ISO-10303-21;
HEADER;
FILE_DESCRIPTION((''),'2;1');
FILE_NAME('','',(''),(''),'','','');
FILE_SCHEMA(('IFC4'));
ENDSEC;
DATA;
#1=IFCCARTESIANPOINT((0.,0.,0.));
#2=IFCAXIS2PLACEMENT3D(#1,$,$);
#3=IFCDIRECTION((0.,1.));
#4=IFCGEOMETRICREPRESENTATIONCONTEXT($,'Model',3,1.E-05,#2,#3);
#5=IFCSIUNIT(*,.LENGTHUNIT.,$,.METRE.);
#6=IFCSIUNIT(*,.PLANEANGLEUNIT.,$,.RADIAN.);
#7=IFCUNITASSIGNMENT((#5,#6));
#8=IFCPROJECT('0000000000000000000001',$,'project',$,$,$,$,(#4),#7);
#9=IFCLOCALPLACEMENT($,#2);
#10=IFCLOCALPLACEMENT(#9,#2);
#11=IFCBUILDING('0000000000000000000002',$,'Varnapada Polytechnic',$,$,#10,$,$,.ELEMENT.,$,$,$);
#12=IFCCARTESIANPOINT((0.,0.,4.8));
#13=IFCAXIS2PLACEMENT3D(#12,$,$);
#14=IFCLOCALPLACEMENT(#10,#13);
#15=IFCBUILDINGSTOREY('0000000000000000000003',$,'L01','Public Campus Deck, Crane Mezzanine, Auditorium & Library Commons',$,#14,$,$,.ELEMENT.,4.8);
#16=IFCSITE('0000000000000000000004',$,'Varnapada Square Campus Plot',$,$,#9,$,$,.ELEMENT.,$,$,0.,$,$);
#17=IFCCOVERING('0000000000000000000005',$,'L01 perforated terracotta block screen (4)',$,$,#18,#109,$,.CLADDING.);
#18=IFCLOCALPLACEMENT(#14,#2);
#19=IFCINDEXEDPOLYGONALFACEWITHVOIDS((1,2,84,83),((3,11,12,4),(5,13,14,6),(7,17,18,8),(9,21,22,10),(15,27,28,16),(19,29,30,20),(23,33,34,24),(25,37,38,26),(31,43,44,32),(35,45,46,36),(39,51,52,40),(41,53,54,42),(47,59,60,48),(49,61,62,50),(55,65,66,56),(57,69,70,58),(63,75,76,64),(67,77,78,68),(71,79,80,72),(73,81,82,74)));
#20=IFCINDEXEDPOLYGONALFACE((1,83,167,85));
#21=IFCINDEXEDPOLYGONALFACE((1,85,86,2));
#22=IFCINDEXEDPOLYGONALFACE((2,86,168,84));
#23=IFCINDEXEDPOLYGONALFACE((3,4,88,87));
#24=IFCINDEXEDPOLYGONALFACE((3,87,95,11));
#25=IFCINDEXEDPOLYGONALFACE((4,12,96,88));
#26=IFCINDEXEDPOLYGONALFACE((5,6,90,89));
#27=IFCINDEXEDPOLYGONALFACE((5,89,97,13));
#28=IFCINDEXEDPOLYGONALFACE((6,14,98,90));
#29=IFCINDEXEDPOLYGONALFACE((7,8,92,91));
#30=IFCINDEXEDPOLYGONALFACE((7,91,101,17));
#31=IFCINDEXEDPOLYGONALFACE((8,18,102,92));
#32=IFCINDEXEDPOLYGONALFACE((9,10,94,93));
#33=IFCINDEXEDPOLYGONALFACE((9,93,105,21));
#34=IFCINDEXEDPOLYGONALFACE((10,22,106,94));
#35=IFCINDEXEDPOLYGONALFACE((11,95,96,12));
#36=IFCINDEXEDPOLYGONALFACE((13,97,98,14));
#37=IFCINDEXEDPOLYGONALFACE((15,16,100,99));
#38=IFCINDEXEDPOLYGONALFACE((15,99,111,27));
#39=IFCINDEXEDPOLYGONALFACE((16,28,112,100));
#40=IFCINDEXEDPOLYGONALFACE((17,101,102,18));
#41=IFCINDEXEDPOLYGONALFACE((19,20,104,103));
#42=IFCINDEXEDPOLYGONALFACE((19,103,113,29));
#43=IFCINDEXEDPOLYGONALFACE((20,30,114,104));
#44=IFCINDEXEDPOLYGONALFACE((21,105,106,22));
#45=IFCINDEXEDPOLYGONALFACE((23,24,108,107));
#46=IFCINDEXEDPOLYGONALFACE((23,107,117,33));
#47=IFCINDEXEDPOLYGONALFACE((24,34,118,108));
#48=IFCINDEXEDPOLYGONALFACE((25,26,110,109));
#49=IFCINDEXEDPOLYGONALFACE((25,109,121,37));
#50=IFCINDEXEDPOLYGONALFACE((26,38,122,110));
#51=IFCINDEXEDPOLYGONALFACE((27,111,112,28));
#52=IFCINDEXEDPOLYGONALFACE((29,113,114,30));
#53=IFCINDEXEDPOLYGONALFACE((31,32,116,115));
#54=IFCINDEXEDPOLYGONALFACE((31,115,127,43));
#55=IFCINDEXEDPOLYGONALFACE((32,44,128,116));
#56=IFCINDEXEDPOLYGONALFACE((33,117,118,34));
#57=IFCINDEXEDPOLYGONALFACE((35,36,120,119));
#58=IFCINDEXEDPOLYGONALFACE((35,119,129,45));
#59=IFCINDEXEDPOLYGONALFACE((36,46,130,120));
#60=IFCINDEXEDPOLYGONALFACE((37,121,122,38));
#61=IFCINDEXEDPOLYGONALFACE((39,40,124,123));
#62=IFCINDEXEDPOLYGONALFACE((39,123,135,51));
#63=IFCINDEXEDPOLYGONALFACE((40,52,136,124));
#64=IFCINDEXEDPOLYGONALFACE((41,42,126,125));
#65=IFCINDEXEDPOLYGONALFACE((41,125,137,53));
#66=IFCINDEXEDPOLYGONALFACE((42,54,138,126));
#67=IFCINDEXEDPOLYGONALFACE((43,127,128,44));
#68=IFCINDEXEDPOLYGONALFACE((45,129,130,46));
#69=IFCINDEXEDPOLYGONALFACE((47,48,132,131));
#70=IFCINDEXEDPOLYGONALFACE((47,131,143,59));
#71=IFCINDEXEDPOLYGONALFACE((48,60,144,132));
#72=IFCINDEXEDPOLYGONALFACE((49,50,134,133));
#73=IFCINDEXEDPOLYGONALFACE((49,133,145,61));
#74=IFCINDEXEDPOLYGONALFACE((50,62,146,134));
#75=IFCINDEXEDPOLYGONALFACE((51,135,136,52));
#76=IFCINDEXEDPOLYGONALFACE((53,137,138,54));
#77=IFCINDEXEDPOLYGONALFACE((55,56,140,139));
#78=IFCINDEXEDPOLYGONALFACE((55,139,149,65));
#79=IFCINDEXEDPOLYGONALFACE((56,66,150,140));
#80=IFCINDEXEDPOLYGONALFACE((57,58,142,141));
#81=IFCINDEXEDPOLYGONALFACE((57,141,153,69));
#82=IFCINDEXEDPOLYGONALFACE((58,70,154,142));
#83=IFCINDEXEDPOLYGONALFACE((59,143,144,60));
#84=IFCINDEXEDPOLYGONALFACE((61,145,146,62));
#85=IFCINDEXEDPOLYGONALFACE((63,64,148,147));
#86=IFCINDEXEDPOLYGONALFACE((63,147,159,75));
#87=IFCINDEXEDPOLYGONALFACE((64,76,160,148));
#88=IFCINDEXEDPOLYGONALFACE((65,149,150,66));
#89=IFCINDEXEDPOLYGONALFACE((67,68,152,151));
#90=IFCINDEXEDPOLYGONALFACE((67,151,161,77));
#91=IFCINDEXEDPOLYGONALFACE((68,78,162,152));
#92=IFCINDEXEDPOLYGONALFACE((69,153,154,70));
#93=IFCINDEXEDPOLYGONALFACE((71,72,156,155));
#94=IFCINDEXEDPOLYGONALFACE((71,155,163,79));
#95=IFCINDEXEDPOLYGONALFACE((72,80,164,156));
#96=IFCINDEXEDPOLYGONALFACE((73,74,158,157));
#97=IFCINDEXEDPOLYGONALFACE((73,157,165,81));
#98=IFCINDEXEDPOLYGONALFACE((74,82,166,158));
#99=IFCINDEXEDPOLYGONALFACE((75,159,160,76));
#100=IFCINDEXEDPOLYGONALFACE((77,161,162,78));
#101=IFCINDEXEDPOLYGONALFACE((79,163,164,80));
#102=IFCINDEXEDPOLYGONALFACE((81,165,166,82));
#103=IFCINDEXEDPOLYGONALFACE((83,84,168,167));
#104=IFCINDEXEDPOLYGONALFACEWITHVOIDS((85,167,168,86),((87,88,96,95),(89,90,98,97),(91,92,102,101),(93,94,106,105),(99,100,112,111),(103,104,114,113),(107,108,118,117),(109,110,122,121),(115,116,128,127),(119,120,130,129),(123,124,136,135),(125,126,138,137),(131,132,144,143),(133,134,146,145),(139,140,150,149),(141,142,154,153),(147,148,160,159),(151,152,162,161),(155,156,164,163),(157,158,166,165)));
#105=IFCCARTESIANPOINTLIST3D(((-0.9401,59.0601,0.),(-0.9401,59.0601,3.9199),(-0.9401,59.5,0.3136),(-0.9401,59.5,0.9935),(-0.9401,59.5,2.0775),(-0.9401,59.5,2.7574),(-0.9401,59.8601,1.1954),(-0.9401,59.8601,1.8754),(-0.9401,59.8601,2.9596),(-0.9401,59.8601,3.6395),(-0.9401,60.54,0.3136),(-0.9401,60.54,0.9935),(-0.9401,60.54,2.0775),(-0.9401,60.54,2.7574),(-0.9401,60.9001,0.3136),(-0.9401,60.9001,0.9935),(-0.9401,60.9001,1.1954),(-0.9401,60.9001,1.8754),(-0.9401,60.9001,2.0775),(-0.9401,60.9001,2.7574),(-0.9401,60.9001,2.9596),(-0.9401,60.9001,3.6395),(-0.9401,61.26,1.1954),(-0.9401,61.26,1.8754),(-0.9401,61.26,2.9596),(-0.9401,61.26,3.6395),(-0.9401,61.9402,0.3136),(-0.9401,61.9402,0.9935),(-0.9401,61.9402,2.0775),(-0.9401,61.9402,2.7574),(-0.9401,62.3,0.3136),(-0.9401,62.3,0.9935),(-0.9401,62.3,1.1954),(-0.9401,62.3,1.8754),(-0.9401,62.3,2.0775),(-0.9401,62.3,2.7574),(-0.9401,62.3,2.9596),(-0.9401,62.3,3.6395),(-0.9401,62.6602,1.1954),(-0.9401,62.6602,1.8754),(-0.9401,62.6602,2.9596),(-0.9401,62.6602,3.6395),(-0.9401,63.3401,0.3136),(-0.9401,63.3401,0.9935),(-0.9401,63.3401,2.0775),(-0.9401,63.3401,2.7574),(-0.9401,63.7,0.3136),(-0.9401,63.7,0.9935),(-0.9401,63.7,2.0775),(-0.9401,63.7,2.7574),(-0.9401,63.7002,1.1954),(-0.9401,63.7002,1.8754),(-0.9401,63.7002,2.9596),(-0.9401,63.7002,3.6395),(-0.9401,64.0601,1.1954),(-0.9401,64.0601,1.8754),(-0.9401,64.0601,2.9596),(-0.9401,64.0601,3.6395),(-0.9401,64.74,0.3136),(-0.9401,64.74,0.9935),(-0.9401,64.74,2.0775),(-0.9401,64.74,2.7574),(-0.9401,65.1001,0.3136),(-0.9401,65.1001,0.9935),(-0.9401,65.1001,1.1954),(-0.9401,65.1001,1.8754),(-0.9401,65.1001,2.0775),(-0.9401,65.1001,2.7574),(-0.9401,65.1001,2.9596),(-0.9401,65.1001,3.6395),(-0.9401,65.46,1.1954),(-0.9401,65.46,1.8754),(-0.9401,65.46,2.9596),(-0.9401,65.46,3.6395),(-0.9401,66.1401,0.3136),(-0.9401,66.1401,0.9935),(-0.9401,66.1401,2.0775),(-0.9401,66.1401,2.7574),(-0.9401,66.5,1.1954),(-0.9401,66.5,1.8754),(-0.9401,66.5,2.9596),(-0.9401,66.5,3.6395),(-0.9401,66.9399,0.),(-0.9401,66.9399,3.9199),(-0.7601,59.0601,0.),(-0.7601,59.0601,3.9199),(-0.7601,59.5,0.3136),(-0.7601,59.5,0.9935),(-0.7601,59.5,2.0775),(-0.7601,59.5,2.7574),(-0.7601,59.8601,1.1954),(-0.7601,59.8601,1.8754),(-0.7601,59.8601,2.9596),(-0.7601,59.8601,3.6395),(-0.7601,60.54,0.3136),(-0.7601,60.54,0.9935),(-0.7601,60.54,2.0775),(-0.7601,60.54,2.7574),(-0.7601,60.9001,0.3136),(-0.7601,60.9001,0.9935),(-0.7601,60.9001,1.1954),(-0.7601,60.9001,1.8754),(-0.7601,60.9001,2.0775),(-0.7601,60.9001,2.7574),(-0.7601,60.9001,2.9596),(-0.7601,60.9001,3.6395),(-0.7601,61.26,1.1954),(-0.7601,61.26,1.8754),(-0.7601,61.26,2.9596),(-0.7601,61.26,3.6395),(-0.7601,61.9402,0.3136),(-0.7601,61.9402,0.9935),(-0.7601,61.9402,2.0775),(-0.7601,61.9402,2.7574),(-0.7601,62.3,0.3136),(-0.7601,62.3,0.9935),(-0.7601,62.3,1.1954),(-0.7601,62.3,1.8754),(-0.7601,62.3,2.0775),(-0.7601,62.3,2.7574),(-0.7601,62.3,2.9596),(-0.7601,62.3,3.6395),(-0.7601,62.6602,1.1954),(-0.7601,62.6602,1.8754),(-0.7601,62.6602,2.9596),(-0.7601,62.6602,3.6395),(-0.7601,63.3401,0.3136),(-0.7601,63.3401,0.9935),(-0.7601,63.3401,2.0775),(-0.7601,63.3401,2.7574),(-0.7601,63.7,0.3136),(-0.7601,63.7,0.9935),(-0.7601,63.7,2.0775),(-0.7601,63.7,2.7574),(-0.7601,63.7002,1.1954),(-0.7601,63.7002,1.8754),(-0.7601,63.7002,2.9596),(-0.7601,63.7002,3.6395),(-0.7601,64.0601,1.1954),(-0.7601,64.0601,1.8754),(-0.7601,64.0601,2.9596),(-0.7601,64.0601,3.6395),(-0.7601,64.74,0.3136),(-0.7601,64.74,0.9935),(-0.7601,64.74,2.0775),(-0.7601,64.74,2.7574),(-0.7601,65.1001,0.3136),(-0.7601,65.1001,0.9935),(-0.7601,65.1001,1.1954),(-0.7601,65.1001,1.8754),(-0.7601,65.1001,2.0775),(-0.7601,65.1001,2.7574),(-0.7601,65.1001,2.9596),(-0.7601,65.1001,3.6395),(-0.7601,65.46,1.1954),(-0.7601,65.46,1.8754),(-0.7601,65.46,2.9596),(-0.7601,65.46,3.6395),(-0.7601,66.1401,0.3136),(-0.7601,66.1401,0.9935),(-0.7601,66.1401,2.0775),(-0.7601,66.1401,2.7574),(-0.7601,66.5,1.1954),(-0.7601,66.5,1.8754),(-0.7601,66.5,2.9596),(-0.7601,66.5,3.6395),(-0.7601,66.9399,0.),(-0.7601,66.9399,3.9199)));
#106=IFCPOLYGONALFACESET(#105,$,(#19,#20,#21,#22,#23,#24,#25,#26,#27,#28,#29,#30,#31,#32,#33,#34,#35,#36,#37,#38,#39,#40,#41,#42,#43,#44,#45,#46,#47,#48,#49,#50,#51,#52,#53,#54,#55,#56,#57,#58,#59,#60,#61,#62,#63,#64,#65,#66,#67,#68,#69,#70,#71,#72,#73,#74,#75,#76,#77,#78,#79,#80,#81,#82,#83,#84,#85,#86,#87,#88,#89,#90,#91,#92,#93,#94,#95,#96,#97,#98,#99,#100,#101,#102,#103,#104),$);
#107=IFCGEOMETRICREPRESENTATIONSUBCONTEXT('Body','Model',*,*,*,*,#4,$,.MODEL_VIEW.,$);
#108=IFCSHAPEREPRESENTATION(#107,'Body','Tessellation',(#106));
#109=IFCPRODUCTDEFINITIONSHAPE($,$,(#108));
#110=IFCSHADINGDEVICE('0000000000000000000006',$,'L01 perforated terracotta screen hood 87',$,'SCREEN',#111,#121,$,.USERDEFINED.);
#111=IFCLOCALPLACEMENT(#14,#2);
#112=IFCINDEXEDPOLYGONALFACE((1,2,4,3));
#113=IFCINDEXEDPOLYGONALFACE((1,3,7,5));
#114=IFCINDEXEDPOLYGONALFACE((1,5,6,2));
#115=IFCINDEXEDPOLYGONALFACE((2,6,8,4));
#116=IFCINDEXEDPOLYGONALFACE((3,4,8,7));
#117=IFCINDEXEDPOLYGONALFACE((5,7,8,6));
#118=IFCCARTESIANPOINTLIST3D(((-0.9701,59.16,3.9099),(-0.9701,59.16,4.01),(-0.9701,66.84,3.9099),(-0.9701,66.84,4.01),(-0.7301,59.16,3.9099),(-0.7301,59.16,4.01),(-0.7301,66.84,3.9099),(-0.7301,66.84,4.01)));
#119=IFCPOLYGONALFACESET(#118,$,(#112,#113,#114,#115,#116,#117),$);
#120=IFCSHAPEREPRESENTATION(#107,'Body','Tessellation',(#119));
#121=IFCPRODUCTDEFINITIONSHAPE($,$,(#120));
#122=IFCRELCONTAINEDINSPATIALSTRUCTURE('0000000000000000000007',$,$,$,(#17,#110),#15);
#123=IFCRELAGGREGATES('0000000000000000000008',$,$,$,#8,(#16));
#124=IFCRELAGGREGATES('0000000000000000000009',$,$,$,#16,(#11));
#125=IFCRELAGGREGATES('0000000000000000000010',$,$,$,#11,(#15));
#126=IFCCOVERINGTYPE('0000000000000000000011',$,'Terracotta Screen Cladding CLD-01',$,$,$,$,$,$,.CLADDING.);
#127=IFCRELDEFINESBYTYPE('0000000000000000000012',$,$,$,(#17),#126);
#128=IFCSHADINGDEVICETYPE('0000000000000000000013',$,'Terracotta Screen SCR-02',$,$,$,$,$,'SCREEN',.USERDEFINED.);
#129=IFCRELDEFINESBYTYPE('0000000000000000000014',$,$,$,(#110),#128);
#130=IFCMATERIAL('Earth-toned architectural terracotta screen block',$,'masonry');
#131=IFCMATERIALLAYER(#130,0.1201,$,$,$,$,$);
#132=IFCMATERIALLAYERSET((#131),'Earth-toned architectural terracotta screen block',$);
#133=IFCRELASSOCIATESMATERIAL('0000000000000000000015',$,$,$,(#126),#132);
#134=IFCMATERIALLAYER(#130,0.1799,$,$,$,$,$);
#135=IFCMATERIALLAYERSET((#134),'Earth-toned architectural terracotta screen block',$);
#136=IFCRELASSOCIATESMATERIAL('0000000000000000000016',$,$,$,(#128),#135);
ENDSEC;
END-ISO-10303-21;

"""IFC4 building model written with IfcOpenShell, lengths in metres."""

from ifc_helpers import new_model, si_unit, direction, frame, frame_2d, origin, origin_2d, place, context, subcontext, project, spatial, rectangle, extrude, material, layer, layer_set, type_object, element, save


model = new_model("IFC4")

# Units and contexts
model_context = context("Model", 3, precision=1e-05, world=origin(), true_north=direction((0.0, 1.0)))
body_context = subcontext(model_context, "Body", "Model", "MODEL_VIEW")
ifc_project = project(units=[si_unit("LENGTHUNIT", "METRE"), si_unit("PLANEANGLEUNIT", "RADIAN")], contexts=[model_context])

# Site, building, storey
site_placement = place(None, origin())
site = spatial("IfcSite", under=ifc_project, at=site_placement, Name="Varnapada Square Campus Plot", CompositionType="ELEMENT", RefElevation=0.0)
building_placement = place(site_placement, origin())
building = spatial("IfcBuilding", under=site, at=building_placement, Name="Varnapada Polytechnic", CompositionType="ELEMENT")
storey_placement = place(building_placement, frame((0.0, 0.0, 4.8)))
storey = spatial("IfcBuildingStorey", under=building, at=storey_placement, Name="L01", Description="Public Campus Deck, Crane Mezzanine, Auditorium & Library Commons", CompositionType="ELEMENT", Elevation=4.8)

# Covering, openings
ifc_material_1 = material(Name="Earth-toned architectural terracotta screen block", Category="masonry")
ifc_layer_1 = layer(ifc_material_1, 0.1201)
ifc_layer_set_1 = layer_set([ifc_layer_1], Name="Earth-toned architectural terracotta screen block")
covering_type_1 = type_object("IfcCoveringType", Name="Terracotta Screen Cladding CLD-01", PredefinedType="CLADDING", material=ifc_layer_set_1)
covering_1_placement = place(storey_placement, frame((-0.8501, 59.0601, 0.0), z_axis=(0.0, 0.0, 1.0), x_axis=(0.0, 1.0, 0.0)))
covering_1 = element("IfcCovering", 1, at=covering_1_placement, inside=storey, type_object=covering_type_1, Name="L01 perforated terracotta block screen (4)", PredefinedType="CLADDING", context=body_context, shape_type="SweptSolid", body=[
    extrude(rectangle(XDim=7.8799, YDim=0.1799, at=frame_2d((3.9399, 0.0))), origin(), (0.0, 0.0, 1.0), 3.9199),
])
opening_1_placement = place(covering_1_placement, frame((0.4399, 0.0, 0.3137)))
element("IfcOpeningElement", 2, at=opening_1_placement, cuts=covering_1, PredefinedType="OPENING", context=body_context, shape_type="SweptSolid", body=[
    extrude(rectangle(XDim=1.04, YDim=0.6799, at=frame_2d((0.52, 0.3398))), frame((0.0, 0.0999, 0.0), z_axis=(0.0, -1.0, 0.0), x_axis=(1.0, 0.0, 0.0)), (0.0, 0.0, 1.0), 0.2),
])
opening_2_placement = place(covering_1_placement, frame((1.8401, 0.0, 0.3137)))
element("IfcOpeningElement", 3, at=opening_2_placement, cuts=covering_1, PredefinedType="OPENING", context=body_context, shape_type="SweptSolid", body=[
    extrude(rectangle(XDim=1.04, YDim=0.6799, at=frame_2d((0.52, 0.3398))), frame((0.0, 0.0999, 0.0), z_axis=(0.0, -1.0, 0.0), x_axis=(1.0, 0.0, 0.0)), (0.0, 0.0, 1.0), 0.2),
])
opening_3_placement = place(covering_1_placement, frame((3.24, 0.0, 0.3137)))
element("IfcOpeningElement", 4, at=opening_3_placement, cuts=covering_1, PredefinedType="OPENING", context=body_context, shape_type="SweptSolid", body=[
    extrude(rectangle(XDim=1.04, YDim=0.6799, at=frame_2d((0.52, 0.3398))), frame((0.0, 0.0999, 0.0), z_axis=(0.0, -1.0, 0.0), x_axis=(1.0, 0.0, 0.0)), (0.0, 0.0, 1.0), 0.2),
])
opening_4_placement = place(covering_1_placement, frame((4.6399, 0.0, 0.3137)))
element("IfcOpeningElement", 5, at=opening_4_placement, cuts=covering_1, PredefinedType="OPENING", context=body_context, shape_type="SweptSolid", body=[
    extrude(rectangle(XDim=1.04, YDim=0.6799, at=frame_2d((0.52, 0.3398))), frame((0.0, 0.0999, 0.0), z_axis=(0.0, -1.0, 0.0), x_axis=(1.0, 0.0, 0.0)), (0.0, 0.0, 1.0), 0.2),
])
opening_5_placement = place(covering_1_placement, frame((6.04, 0.0, 0.3137)))
element("IfcOpeningElement", 6, at=opening_5_placement, cuts=covering_1, PredefinedType="OPENING", context=body_context, shape_type="SweptSolid", body=[
    extrude(rectangle(XDim=1.04, YDim=0.6799, at=frame_2d((0.52, 0.3398))), frame((0.0, 0.0999, 0.0), z_axis=(0.0, -1.0, 0.0), x_axis=(1.0, 0.0, 0.0)), (0.0, 0.0, 1.0), 0.2),
])
opening_6_placement = place(covering_1_placement, frame((0.8, 0.0, 1.1956)))
element("IfcOpeningElement", 7, at=opening_6_placement, cuts=covering_1, PredefinedType="OPENING", context=body_context, shape_type="SweptSolid", body=[
    extrude(rectangle(XDim=1.04, YDim=0.6799, at=frame_2d((0.52, 0.3398))), frame((0.0, 0.0999, 0.0), z_axis=(0.0, -1.0, 0.0), x_axis=(1.0, 0.0, 0.0)), (0.0, 0.0, 1.0), 0.2),
])
opening_7_placement = place(covering_1_placement, frame((2.2, 0.0, 1.1956)))
element("IfcOpeningElement", 8, at=opening_7_placement, cuts=covering_1, PredefinedType="OPENING", context=body_context, shape_type="SweptSolid", body=[
    extrude(rectangle(XDim=1.04, YDim=0.6799, at=frame_2d((0.52, 0.3398))), frame((0.0, 0.0999, 0.0), z_axis=(0.0, -1.0, 0.0), x_axis=(1.0, 0.0, 0.0)), (0.0, 0.0, 1.0), 0.2),
])
opening_8_placement = place(covering_1_placement, frame((3.6001, 0.0, 1.1956)))
element("IfcOpeningElement", 9, at=opening_8_placement, cuts=covering_1, PredefinedType="OPENING", context=body_context, shape_type="SweptSolid", body=[
    extrude(rectangle(XDim=1.04, YDim=0.6799, at=frame_2d((0.52, 0.3398))), frame((0.0, 0.0999, 0.0), z_axis=(0.0, -1.0, 0.0), x_axis=(1.0, 0.0, 0.0)), (0.0, 0.0, 1.0), 0.2),
])
opening_9_placement = place(covering_1_placement, frame((5.0, 0.0, 1.1956)))
element("IfcOpeningElement", 10, at=opening_9_placement, cuts=covering_1, PredefinedType="OPENING", context=body_context, shape_type="SweptSolid", body=[
    extrude(rectangle(XDim=1.04, YDim=0.6799, at=frame_2d((0.52, 0.3398))), frame((0.0, 0.0999, 0.0), z_axis=(0.0, -1.0, 0.0), x_axis=(1.0, 0.0, 0.0)), (0.0, 0.0, 1.0), 0.2),
])
opening_10_placement = place(covering_1_placement, frame((6.3999, 0.0, 1.1956)))
element("IfcOpeningElement", 11, at=opening_10_placement, cuts=covering_1, PredefinedType="OPENING", context=body_context, shape_type="SweptSolid", body=[
    extrude(rectangle(XDim=1.04, YDim=0.6799, at=frame_2d((0.52, 0.3398))), frame((0.0, 0.0999, 0.0), z_axis=(0.0, -1.0, 0.0), x_axis=(1.0, 0.0, 0.0)), (0.0, 0.0, 1.0), 0.2),
])
opening_11_placement = place(covering_1_placement, frame((0.4399, 0.0, 2.0776)))
element("IfcOpeningElement", 12, at=opening_11_placement, cuts=covering_1, PredefinedType="OPENING", context=body_context, shape_type="SweptSolid", body=[
    extrude(rectangle(XDim=1.04, YDim=0.6799, at=frame_2d((0.52, 0.3398))), frame((0.0, 0.0999, 0.0), z_axis=(0.0, -1.0, 0.0), x_axis=(1.0, 0.0, 0.0)), (0.0, 0.0, 1.0), 0.2),
])
opening_12_placement = place(covering_1_placement, frame((1.8401, 0.0, 2.0776)))
element("IfcOpeningElement", 13, at=opening_12_placement, cuts=covering_1, PredefinedType="OPENING", context=body_context, shape_type="SweptSolid", body=[
    extrude(rectangle(XDim=1.04, YDim=0.6799, at=frame_2d((0.52, 0.3398))), frame((0.0, 0.0999, 0.0), z_axis=(0.0, -1.0, 0.0), x_axis=(1.0, 0.0, 0.0)), (0.0, 0.0, 1.0), 0.2),
])
opening_13_placement = place(covering_1_placement, frame((3.24, 0.0, 2.0776)))
element("IfcOpeningElement", 14, at=opening_13_placement, cuts=covering_1, PredefinedType="OPENING", context=body_context, shape_type="SweptSolid", body=[
    extrude(rectangle(XDim=1.04, YDim=0.6799, at=frame_2d((0.52, 0.3398))), frame((0.0, 0.0999, 0.0), z_axis=(0.0, -1.0, 0.0), x_axis=(1.0, 0.0, 0.0)), (0.0, 0.0, 1.0), 0.2),
])
opening_14_placement = place(covering_1_placement, frame((4.6399, 0.0, 2.0776)))
element("IfcOpeningElement", 15, at=opening_14_placement, cuts=covering_1, PredefinedType="OPENING", context=body_context, shape_type="SweptSolid", body=[
    extrude(rectangle(XDim=1.04, YDim=0.6799, at=frame_2d((0.52, 0.3398))), frame((0.0, 0.0999, 0.0), z_axis=(0.0, -1.0, 0.0), x_axis=(1.0, 0.0, 0.0)), (0.0, 0.0, 1.0), 0.2),
])
opening_15_placement = place(covering_1_placement, frame((6.04, 0.0, 2.0776)))
element("IfcOpeningElement", 16, at=opening_15_placement, cuts=covering_1, PredefinedType="OPENING", context=body_context, shape_type="SweptSolid", body=[
    extrude(rectangle(XDim=1.04, YDim=0.6799, at=frame_2d((0.52, 0.3398))), frame((0.0, 0.0999, 0.0), z_axis=(0.0, -1.0, 0.0), x_axis=(1.0, 0.0, 0.0)), (0.0, 0.0, 1.0), 0.2),
])
opening_16_placement = place(covering_1_placement, frame((0.8, 0.0, 2.9597)))
element("IfcOpeningElement", 17, at=opening_16_placement, cuts=covering_1, PredefinedType="OPENING", context=body_context, shape_type="SweptSolid", body=[
    extrude(rectangle(XDim=1.04, YDim=0.6799, at=frame_2d((0.52, 0.3398))), frame((0.0, 0.0999, 0.0), z_axis=(0.0, -1.0, 0.0), x_axis=(1.0, 0.0, 0.0)), (0.0, 0.0, 1.0), 0.2),
])
opening_17_placement = place(covering_1_placement, frame((2.2, 0.0, 2.9597)))
element("IfcOpeningElement", 18, at=opening_17_placement, cuts=covering_1, PredefinedType="OPENING", context=body_context, shape_type="SweptSolid", body=[
    extrude(rectangle(XDim=1.04, YDim=0.6799, at=frame_2d((0.52, 0.3398))), frame((0.0, 0.0999, 0.0), z_axis=(0.0, -1.0, 0.0), x_axis=(1.0, 0.0, 0.0)), (0.0, 0.0, 1.0), 0.2),
])
opening_18_placement = place(covering_1_placement, frame((3.6001, 0.0, 2.9597)))
element("IfcOpeningElement", 19, at=opening_18_placement, cuts=covering_1, PredefinedType="OPENING", context=body_context, shape_type="SweptSolid", body=[
    extrude(rectangle(XDim=1.04, YDim=0.6799, at=frame_2d((0.52, 0.3398))), frame((0.0, 0.0999, 0.0), z_axis=(0.0, -1.0, 0.0), x_axis=(1.0, 0.0, 0.0)), (0.0, 0.0, 1.0), 0.2),
])
opening_19_placement = place(covering_1_placement, frame((5.0, 0.0, 2.9597)))
element("IfcOpeningElement", 20, at=opening_19_placement, cuts=covering_1, PredefinedType="OPENING", context=body_context, shape_type="SweptSolid", body=[
    extrude(rectangle(XDim=1.04, YDim=0.6799, at=frame_2d((0.52, 0.3398))), frame((0.0, 0.0999, 0.0), z_axis=(0.0, -1.0, 0.0), x_axis=(1.0, 0.0, 0.0)), (0.0, 0.0, 1.0), 0.2),
])
opening_20_placement = place(covering_1_placement, frame((6.3999, 0.0, 2.9597)))
element("IfcOpeningElement", 21, at=opening_20_placement, cuts=covering_1, PredefinedType="OPENING", context=body_context, shape_type="SweptSolid", body=[
    extrude(rectangle(XDim=1.04, YDim=0.6799, at=frame_2d((0.52, 0.3398))), frame((0.0, 0.0999, 0.0), z_axis=(0.0, -1.0, 0.0), x_axis=(1.0, 0.0, 0.0)), (0.0, 0.0, 1.0), 0.2),
])

# Shading device
ifc_layer_2 = layer(ifc_material_1, 0.1799)
ifc_layer_set_2 = layer_set([ifc_layer_2], Name="Earth-toned architectural terracotta screen block")
shading_device_type = type_object("IfcShadingDeviceType", Name="Terracotta Screen SCR-02", ElementType="SCREEN", PredefinedType="USERDEFINED", material=ifc_layer_set_2)
shading_device_placement = place(storey_placement, frame((-0.8501, 63.0, 3.9099), z_axis=(0.0, 0.0, 1.0), x_axis=(0.0, 1.0, 0.0)))
element("IfcShadingDevice", 22, at=shading_device_placement, inside=storey, type_object=shading_device_type, Name="L01 perforated terracotta screen hood 87", ObjectType="SCREEN", PredefinedType="USERDEFINED", context=body_context, shape_type="SweptSolid", body=[
    extrude(rectangle(XDim=7.6799, YDim=0.24, at=origin_2d()), origin(), (0.0, 0.0, 1.0), 0.1001),
])

save(model, "model.ifc")
